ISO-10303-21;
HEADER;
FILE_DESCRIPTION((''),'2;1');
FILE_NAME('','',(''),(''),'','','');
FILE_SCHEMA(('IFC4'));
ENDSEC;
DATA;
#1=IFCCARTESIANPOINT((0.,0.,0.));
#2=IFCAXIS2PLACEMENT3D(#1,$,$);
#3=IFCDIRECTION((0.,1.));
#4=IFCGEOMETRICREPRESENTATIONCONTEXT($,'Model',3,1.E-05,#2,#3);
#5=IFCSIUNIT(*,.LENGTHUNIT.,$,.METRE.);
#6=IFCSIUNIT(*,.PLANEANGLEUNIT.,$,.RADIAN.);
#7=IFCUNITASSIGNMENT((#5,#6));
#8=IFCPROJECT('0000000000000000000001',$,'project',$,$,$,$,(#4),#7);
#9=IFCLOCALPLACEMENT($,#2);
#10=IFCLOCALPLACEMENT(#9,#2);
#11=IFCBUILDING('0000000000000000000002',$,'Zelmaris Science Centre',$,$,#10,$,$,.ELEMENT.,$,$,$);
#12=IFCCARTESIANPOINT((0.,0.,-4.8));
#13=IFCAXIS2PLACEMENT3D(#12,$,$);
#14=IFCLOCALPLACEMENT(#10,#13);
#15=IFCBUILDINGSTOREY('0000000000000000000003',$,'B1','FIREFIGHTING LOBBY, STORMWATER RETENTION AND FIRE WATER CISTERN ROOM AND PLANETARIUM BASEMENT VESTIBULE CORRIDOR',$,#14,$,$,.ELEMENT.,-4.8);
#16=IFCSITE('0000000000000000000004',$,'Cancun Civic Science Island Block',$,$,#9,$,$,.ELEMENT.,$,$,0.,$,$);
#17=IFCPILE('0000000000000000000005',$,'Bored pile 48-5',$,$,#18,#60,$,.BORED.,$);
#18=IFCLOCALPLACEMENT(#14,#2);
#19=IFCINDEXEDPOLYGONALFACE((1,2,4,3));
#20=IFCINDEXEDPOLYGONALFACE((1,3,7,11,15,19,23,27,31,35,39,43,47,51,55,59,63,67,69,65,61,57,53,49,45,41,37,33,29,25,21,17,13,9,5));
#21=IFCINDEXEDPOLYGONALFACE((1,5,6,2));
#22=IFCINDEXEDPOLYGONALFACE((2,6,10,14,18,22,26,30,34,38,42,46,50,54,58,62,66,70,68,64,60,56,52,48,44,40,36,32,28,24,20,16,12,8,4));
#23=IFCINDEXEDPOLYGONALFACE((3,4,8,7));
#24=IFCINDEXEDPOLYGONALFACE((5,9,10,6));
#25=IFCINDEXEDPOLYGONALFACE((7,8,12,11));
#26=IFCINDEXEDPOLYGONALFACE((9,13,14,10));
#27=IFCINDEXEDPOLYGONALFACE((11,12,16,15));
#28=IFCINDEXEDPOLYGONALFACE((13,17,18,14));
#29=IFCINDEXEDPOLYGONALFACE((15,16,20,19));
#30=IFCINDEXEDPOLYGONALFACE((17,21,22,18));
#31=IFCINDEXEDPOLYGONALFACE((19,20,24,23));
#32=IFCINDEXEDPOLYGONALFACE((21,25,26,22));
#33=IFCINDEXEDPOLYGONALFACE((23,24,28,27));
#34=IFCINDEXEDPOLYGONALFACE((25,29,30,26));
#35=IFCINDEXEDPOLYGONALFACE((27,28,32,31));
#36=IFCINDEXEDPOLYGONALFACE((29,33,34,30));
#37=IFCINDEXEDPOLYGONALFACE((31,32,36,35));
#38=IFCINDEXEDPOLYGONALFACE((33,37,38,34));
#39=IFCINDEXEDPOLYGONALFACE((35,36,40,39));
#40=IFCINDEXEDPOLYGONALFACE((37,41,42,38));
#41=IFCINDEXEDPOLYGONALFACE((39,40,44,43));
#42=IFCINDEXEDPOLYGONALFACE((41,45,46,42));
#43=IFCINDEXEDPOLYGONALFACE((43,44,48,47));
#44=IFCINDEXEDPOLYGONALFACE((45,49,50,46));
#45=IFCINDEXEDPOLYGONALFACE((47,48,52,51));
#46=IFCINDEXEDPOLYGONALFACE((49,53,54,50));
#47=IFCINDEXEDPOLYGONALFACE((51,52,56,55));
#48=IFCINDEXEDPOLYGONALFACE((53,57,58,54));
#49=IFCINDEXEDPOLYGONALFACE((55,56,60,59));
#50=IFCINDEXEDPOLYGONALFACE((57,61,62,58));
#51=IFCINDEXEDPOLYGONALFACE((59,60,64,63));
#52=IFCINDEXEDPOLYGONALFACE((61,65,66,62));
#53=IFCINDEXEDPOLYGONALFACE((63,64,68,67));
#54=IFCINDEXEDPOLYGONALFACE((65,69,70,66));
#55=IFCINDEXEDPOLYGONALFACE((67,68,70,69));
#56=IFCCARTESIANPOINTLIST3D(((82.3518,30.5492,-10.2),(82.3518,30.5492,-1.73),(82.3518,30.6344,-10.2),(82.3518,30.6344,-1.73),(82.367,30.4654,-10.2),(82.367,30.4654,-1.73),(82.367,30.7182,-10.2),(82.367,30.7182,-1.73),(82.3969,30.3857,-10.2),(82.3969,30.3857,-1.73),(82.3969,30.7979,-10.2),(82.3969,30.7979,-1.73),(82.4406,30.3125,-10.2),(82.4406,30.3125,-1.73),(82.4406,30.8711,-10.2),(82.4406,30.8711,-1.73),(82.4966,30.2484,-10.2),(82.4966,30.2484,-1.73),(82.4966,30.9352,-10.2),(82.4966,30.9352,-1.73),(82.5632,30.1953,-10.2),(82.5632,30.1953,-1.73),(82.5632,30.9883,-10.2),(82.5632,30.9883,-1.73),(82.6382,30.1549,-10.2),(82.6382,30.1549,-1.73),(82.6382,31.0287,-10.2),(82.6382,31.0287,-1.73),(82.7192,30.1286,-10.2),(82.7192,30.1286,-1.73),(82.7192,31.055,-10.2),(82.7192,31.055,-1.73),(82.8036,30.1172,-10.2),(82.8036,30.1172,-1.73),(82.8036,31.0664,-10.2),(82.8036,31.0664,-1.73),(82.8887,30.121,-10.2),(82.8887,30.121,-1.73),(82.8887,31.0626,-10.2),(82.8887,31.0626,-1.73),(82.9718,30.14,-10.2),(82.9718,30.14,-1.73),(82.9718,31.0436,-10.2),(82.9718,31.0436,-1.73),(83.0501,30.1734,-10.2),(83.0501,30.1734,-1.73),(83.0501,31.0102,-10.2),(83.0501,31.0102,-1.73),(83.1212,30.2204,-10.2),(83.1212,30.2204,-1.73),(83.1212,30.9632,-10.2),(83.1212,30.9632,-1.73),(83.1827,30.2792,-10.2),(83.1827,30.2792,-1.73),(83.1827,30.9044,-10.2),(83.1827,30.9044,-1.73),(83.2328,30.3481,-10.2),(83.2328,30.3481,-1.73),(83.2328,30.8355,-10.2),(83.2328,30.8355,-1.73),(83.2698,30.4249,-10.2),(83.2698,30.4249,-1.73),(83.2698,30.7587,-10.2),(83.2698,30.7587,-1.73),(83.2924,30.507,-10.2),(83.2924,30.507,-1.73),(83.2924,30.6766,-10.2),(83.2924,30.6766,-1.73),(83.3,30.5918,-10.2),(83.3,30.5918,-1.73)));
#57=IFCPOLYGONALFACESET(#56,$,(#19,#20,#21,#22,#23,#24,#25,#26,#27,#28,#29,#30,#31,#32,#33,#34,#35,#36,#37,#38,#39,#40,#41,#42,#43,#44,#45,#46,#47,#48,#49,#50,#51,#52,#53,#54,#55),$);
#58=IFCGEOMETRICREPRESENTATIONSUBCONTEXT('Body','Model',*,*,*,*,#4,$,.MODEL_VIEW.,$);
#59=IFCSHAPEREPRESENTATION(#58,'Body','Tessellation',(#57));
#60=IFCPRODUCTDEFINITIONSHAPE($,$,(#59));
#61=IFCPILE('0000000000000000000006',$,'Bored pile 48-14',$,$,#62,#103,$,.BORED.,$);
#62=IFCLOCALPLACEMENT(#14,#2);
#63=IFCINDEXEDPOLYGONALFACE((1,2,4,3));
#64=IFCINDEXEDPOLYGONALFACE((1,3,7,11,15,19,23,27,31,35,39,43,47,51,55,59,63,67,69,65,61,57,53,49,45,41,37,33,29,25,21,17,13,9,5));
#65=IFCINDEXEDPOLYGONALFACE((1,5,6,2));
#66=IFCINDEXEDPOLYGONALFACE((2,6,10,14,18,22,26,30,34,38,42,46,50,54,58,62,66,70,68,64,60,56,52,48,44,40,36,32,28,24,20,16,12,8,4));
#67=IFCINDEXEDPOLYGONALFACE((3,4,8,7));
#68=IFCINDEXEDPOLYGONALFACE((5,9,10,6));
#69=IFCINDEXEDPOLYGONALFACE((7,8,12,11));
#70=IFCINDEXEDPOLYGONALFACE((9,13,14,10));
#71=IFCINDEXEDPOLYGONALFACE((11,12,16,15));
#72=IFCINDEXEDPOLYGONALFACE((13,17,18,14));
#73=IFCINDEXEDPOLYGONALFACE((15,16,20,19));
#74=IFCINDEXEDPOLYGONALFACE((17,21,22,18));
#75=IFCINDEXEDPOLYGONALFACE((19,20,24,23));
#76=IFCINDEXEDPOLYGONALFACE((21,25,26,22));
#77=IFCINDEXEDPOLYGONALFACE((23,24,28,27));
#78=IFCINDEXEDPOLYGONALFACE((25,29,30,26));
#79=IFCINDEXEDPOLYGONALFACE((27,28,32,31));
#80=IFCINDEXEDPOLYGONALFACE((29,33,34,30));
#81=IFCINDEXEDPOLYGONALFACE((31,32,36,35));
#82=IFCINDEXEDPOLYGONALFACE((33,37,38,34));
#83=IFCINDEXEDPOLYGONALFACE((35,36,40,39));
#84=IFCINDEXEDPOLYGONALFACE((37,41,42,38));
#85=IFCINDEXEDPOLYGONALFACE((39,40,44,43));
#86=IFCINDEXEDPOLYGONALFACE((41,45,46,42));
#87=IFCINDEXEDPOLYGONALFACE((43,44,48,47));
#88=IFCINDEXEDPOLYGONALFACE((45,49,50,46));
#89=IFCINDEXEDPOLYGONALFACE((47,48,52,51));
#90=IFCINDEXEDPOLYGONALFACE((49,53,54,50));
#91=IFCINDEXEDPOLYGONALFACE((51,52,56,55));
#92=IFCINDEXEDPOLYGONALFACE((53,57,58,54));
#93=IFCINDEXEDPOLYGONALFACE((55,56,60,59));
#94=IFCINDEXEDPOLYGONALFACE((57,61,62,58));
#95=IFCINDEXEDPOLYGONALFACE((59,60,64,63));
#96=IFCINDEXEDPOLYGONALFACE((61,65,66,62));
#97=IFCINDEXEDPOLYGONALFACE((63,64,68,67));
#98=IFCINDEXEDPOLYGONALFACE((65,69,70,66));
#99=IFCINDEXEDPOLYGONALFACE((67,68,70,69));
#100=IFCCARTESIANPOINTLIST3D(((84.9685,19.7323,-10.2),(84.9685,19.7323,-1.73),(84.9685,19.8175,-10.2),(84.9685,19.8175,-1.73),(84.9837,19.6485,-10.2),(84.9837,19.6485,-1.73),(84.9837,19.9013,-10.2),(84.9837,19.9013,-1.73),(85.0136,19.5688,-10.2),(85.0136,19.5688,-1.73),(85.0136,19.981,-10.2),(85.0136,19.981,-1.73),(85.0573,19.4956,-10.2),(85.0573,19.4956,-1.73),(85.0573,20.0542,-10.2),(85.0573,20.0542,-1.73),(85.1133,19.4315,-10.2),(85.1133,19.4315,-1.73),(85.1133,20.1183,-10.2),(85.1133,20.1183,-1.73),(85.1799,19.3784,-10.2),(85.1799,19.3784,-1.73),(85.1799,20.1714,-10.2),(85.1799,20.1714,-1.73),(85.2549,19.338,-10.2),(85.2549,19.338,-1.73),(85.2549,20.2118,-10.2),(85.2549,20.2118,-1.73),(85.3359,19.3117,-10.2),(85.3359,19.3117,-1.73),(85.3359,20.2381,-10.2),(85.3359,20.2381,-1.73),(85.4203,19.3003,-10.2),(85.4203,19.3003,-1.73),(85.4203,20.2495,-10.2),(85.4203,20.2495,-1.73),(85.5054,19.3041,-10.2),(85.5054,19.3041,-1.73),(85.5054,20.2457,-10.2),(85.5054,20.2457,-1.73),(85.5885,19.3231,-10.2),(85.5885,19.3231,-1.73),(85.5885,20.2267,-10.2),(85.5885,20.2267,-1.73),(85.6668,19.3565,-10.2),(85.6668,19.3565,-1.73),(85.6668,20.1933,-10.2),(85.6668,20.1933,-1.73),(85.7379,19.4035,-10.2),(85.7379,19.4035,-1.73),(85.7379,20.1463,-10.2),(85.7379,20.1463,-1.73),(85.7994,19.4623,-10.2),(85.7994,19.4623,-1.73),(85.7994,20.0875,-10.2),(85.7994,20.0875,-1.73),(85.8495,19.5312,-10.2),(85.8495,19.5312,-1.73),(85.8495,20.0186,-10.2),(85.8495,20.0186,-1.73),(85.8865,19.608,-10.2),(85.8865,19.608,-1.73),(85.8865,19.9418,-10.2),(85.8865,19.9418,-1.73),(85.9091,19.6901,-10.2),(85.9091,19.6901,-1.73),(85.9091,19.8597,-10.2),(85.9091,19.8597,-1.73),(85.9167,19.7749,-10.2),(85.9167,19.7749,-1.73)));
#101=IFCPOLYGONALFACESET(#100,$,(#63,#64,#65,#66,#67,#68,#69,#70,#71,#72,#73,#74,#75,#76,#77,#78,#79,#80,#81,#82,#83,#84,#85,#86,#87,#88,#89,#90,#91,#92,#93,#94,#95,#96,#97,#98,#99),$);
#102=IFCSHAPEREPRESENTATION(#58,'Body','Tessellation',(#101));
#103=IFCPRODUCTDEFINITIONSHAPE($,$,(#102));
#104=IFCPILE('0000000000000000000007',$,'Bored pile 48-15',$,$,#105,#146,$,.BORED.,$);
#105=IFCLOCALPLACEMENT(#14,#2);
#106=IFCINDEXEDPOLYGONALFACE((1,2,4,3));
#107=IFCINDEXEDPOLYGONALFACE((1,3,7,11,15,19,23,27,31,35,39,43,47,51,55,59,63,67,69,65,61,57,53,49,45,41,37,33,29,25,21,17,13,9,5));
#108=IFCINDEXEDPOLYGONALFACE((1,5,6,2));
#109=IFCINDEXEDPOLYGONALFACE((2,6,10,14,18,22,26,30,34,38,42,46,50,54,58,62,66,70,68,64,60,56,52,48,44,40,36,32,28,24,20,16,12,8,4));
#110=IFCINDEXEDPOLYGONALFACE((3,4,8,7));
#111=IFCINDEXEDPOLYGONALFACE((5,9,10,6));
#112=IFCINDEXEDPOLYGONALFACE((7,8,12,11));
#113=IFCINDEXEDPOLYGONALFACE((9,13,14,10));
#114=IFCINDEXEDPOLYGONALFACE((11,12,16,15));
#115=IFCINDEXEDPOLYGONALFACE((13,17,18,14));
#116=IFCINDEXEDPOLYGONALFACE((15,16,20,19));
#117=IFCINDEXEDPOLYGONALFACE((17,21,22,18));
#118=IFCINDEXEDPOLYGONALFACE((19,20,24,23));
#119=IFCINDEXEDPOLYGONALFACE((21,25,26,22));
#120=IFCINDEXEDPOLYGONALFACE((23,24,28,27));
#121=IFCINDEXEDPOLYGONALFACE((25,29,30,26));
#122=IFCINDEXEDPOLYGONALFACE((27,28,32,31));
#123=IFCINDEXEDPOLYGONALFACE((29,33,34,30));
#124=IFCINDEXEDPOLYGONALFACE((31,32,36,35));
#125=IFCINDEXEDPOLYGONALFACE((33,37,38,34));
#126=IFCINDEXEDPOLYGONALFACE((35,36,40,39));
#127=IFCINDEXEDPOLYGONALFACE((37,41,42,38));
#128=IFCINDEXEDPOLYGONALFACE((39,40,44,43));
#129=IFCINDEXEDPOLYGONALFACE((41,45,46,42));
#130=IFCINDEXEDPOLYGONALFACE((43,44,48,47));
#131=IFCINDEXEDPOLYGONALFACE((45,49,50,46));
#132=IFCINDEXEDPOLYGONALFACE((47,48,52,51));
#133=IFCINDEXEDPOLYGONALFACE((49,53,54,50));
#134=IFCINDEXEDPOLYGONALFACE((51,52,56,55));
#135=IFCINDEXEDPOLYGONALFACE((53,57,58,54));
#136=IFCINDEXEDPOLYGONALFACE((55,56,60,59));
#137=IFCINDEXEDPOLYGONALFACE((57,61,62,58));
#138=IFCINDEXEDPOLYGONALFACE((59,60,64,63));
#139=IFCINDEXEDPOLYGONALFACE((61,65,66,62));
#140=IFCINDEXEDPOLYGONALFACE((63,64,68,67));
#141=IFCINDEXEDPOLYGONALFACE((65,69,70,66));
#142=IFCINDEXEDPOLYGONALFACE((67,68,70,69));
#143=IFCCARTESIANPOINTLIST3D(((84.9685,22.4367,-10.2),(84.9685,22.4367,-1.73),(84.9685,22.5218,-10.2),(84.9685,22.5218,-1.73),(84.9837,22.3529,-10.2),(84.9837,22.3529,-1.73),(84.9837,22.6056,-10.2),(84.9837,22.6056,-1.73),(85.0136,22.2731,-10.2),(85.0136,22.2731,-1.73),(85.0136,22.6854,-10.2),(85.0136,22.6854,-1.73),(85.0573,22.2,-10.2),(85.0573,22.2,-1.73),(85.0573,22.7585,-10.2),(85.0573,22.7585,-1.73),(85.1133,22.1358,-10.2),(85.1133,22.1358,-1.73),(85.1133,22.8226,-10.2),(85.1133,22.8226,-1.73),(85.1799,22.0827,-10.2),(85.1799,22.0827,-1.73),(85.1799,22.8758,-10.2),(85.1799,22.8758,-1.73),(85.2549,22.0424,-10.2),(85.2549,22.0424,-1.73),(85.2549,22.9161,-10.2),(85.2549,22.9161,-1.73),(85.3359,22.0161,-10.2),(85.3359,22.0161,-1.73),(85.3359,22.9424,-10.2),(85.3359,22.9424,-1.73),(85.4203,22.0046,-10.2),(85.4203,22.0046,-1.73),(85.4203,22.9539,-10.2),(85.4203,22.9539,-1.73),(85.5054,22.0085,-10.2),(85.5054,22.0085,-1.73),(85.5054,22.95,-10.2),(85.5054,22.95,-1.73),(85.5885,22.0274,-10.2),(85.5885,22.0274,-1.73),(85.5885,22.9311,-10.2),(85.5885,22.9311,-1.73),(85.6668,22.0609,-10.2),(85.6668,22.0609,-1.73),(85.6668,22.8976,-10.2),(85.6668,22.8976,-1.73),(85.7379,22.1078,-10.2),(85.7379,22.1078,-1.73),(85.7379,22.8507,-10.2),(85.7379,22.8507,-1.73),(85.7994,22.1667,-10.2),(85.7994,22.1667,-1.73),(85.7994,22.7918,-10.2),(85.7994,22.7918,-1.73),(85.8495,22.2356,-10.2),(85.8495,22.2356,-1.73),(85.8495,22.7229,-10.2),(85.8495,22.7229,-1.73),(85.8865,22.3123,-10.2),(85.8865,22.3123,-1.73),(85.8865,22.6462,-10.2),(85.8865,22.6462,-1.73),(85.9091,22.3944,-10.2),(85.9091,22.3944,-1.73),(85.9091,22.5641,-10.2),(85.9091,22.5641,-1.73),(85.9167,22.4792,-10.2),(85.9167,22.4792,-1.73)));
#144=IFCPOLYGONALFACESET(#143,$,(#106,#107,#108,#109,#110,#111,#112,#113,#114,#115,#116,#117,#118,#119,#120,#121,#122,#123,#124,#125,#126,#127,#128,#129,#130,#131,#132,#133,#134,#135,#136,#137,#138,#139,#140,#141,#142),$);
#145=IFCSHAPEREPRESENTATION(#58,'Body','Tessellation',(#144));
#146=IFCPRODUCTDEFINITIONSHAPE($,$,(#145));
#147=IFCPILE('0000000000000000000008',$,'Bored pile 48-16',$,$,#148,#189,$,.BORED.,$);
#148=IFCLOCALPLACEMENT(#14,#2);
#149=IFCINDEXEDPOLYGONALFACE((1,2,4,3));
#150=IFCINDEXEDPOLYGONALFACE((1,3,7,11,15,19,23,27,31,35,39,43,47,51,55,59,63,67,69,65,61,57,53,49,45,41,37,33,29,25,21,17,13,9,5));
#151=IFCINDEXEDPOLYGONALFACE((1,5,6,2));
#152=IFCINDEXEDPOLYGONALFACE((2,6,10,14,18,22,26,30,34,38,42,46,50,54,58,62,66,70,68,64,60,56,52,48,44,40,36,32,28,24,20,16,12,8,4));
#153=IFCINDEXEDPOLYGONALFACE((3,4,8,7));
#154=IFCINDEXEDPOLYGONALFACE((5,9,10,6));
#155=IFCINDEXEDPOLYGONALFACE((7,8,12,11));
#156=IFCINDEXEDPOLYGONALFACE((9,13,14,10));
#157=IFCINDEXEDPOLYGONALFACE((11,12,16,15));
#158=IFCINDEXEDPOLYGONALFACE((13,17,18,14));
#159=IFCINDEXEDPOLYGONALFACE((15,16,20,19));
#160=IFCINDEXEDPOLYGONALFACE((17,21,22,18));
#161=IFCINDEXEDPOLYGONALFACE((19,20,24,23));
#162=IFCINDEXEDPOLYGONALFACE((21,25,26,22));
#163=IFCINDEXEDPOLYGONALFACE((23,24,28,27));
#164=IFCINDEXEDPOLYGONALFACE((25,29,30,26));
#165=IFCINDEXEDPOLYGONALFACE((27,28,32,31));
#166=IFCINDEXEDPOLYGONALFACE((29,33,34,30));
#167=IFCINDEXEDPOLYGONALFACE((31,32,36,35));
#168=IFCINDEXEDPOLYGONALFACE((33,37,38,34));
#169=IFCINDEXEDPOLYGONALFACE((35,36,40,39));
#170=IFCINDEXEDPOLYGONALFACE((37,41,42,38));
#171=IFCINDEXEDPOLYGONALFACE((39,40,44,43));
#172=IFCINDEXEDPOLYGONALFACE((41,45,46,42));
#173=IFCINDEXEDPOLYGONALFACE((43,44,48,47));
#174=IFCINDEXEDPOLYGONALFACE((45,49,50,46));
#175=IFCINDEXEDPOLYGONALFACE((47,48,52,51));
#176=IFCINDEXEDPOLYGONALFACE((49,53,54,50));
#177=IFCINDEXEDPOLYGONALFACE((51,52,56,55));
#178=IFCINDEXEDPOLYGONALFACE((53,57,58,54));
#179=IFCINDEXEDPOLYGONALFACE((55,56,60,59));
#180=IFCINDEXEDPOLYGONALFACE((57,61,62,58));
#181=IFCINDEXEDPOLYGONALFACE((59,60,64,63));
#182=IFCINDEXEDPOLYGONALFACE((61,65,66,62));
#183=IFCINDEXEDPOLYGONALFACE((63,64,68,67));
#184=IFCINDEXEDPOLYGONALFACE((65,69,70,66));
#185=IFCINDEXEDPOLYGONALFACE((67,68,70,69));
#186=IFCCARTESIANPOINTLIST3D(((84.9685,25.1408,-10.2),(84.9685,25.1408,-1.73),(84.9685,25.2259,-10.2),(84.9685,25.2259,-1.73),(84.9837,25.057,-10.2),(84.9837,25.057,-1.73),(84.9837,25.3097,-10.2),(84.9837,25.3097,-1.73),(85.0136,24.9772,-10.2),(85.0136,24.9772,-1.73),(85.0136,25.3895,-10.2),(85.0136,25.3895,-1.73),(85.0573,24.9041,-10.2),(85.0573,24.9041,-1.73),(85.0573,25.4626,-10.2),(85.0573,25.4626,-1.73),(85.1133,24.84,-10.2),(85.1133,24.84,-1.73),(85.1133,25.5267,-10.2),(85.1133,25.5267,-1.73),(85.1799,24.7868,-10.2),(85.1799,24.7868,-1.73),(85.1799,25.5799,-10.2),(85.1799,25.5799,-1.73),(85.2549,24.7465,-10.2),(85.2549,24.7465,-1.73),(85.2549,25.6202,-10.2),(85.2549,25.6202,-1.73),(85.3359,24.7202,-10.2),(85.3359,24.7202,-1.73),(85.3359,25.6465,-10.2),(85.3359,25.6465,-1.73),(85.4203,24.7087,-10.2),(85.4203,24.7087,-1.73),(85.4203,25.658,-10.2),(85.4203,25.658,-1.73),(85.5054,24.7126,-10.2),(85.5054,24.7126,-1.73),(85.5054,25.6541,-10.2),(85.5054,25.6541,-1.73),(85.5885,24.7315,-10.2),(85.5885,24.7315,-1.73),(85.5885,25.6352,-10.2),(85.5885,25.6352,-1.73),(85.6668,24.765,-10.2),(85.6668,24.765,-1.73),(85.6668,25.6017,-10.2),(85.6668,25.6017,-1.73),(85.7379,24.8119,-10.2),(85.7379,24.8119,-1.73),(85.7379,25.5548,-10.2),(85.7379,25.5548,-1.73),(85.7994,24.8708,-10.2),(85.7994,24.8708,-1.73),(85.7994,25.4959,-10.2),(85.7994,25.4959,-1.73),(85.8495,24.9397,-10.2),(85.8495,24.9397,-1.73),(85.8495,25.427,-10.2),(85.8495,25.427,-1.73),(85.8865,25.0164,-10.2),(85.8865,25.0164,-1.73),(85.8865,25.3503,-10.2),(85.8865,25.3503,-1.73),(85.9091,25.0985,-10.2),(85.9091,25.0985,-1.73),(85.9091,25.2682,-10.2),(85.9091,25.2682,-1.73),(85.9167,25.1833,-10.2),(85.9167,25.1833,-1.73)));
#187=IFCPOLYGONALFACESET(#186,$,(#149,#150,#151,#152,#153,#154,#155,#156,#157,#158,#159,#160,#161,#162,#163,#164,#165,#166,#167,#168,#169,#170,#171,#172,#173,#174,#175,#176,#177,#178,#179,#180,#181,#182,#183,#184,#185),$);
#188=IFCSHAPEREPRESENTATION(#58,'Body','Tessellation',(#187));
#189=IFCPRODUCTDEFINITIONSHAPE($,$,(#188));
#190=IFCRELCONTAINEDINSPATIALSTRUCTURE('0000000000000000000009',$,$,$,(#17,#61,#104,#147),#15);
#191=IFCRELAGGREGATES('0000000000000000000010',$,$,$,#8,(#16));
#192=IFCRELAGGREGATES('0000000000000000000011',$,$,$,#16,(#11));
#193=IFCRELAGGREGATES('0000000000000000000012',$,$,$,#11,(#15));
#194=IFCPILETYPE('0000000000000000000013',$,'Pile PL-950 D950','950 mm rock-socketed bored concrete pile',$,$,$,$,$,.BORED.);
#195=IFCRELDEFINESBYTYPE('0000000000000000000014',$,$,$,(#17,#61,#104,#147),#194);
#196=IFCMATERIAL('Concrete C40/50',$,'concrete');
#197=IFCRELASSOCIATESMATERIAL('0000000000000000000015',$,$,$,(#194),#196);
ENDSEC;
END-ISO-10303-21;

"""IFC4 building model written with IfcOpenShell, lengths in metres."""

from ifc_helpers import new_model, si_unit, direction, frame, origin, origin_2d, place, context, subcontext, project, spatial, circle, extrude, material, material_profile, profile_set, type_object, element, save


model = new_model("IFC4")

# Units and contexts
model_context = context("Model", 3, precision=1e-05, world=origin(), true_north=direction((0.0, 1.0)))
body_context = subcontext(model_context, "Body", "Model", "MODEL_VIEW")
ifc_project = project(units=[si_unit("LENGTHUNIT", "METRE"), si_unit("PLANEANGLEUNIT", "RADIAN")], contexts=[model_context])

# Site, building, storey
site_placement = place(None, origin())
site = spatial("IfcSite", under=ifc_project, at=site_placement, Name="Cancun Civic Science Island Block", CompositionType="ELEMENT", RefElevation=0.0)
building_placement = place(site_placement, origin())
building = spatial("IfcBuilding", under=site, at=building_placement, Name="Zelmaris Science Centre", CompositionType="ELEMENT")
storey_placement = place(building_placement, frame((0.0, 0.0, -4.8)))
storey = spatial("IfcBuildingStorey", under=building, at=storey_placement, Name="B1", Description="FIREFIGHTING LOBBY, STORMWATER RETENTION AND FIRE WATER CISTERN ROOM AND PLANETARIUM BASEMENT VESTIBULE CORRIDOR", CompositionType="ELEMENT", Elevation=-4.8)

# Shared definitions
ifc_material_1 = material(Name="Concrete C40/50", Category="concrete")

# Piles
ifc_material_profile_1 = material_profile(ifc_material_1, circle(Radius=0.4751, at=origin_2d()), Name="PILE-950")
ifc_profile_set_1 = profile_set([ifc_material_profile_1], Name="Concrete C40/50")
pile_type = type_object("IfcPileType", Name="Pile PL-950 D950", Description="950 mm rock-socketed bored concrete pile", PredefinedType="BORED", material=ifc_profile_set_1)
for number, where, z_axis, x_axis, name in (
    (1, (82.825, 30.5918, -1.73), (0.0, 0.0, -1.0), (1.0, 0.0, 0.0), "Bored pile 48-5"),
    (2, (85.4417, 19.7749, -1.73), (0.0, 0.0, -1.0), (1.0, 0.0, 0.0), "Bored pile 48-14"),
    (3, (85.4417, 22.4792, -1.73), (0.0, 0.0, -1.0), (1.0, 0.0, 0.0), "Bored pile 48-15"),
    (4, (85.4417, 25.1833, -1.73), (0.0, 0.0, -1.0), (1.0, 0.0, 0.0), "Bored pile 48-16"),
):
    element("IfcPile", number, at=place(storey_placement, frame(where, z_axis=z_axis, x_axis=x_axis)), inside=storey, type_object=pile_type, Name=name, PredefinedType="BORED", context=body_context, shape_type="SweptSolid", body=[
        extrude(circle(Radius=0.4751, at=origin_2d()), origin(), (0.0, 0.0, 1.0), 8.47),
    ])

save(model, "model.ifc")
